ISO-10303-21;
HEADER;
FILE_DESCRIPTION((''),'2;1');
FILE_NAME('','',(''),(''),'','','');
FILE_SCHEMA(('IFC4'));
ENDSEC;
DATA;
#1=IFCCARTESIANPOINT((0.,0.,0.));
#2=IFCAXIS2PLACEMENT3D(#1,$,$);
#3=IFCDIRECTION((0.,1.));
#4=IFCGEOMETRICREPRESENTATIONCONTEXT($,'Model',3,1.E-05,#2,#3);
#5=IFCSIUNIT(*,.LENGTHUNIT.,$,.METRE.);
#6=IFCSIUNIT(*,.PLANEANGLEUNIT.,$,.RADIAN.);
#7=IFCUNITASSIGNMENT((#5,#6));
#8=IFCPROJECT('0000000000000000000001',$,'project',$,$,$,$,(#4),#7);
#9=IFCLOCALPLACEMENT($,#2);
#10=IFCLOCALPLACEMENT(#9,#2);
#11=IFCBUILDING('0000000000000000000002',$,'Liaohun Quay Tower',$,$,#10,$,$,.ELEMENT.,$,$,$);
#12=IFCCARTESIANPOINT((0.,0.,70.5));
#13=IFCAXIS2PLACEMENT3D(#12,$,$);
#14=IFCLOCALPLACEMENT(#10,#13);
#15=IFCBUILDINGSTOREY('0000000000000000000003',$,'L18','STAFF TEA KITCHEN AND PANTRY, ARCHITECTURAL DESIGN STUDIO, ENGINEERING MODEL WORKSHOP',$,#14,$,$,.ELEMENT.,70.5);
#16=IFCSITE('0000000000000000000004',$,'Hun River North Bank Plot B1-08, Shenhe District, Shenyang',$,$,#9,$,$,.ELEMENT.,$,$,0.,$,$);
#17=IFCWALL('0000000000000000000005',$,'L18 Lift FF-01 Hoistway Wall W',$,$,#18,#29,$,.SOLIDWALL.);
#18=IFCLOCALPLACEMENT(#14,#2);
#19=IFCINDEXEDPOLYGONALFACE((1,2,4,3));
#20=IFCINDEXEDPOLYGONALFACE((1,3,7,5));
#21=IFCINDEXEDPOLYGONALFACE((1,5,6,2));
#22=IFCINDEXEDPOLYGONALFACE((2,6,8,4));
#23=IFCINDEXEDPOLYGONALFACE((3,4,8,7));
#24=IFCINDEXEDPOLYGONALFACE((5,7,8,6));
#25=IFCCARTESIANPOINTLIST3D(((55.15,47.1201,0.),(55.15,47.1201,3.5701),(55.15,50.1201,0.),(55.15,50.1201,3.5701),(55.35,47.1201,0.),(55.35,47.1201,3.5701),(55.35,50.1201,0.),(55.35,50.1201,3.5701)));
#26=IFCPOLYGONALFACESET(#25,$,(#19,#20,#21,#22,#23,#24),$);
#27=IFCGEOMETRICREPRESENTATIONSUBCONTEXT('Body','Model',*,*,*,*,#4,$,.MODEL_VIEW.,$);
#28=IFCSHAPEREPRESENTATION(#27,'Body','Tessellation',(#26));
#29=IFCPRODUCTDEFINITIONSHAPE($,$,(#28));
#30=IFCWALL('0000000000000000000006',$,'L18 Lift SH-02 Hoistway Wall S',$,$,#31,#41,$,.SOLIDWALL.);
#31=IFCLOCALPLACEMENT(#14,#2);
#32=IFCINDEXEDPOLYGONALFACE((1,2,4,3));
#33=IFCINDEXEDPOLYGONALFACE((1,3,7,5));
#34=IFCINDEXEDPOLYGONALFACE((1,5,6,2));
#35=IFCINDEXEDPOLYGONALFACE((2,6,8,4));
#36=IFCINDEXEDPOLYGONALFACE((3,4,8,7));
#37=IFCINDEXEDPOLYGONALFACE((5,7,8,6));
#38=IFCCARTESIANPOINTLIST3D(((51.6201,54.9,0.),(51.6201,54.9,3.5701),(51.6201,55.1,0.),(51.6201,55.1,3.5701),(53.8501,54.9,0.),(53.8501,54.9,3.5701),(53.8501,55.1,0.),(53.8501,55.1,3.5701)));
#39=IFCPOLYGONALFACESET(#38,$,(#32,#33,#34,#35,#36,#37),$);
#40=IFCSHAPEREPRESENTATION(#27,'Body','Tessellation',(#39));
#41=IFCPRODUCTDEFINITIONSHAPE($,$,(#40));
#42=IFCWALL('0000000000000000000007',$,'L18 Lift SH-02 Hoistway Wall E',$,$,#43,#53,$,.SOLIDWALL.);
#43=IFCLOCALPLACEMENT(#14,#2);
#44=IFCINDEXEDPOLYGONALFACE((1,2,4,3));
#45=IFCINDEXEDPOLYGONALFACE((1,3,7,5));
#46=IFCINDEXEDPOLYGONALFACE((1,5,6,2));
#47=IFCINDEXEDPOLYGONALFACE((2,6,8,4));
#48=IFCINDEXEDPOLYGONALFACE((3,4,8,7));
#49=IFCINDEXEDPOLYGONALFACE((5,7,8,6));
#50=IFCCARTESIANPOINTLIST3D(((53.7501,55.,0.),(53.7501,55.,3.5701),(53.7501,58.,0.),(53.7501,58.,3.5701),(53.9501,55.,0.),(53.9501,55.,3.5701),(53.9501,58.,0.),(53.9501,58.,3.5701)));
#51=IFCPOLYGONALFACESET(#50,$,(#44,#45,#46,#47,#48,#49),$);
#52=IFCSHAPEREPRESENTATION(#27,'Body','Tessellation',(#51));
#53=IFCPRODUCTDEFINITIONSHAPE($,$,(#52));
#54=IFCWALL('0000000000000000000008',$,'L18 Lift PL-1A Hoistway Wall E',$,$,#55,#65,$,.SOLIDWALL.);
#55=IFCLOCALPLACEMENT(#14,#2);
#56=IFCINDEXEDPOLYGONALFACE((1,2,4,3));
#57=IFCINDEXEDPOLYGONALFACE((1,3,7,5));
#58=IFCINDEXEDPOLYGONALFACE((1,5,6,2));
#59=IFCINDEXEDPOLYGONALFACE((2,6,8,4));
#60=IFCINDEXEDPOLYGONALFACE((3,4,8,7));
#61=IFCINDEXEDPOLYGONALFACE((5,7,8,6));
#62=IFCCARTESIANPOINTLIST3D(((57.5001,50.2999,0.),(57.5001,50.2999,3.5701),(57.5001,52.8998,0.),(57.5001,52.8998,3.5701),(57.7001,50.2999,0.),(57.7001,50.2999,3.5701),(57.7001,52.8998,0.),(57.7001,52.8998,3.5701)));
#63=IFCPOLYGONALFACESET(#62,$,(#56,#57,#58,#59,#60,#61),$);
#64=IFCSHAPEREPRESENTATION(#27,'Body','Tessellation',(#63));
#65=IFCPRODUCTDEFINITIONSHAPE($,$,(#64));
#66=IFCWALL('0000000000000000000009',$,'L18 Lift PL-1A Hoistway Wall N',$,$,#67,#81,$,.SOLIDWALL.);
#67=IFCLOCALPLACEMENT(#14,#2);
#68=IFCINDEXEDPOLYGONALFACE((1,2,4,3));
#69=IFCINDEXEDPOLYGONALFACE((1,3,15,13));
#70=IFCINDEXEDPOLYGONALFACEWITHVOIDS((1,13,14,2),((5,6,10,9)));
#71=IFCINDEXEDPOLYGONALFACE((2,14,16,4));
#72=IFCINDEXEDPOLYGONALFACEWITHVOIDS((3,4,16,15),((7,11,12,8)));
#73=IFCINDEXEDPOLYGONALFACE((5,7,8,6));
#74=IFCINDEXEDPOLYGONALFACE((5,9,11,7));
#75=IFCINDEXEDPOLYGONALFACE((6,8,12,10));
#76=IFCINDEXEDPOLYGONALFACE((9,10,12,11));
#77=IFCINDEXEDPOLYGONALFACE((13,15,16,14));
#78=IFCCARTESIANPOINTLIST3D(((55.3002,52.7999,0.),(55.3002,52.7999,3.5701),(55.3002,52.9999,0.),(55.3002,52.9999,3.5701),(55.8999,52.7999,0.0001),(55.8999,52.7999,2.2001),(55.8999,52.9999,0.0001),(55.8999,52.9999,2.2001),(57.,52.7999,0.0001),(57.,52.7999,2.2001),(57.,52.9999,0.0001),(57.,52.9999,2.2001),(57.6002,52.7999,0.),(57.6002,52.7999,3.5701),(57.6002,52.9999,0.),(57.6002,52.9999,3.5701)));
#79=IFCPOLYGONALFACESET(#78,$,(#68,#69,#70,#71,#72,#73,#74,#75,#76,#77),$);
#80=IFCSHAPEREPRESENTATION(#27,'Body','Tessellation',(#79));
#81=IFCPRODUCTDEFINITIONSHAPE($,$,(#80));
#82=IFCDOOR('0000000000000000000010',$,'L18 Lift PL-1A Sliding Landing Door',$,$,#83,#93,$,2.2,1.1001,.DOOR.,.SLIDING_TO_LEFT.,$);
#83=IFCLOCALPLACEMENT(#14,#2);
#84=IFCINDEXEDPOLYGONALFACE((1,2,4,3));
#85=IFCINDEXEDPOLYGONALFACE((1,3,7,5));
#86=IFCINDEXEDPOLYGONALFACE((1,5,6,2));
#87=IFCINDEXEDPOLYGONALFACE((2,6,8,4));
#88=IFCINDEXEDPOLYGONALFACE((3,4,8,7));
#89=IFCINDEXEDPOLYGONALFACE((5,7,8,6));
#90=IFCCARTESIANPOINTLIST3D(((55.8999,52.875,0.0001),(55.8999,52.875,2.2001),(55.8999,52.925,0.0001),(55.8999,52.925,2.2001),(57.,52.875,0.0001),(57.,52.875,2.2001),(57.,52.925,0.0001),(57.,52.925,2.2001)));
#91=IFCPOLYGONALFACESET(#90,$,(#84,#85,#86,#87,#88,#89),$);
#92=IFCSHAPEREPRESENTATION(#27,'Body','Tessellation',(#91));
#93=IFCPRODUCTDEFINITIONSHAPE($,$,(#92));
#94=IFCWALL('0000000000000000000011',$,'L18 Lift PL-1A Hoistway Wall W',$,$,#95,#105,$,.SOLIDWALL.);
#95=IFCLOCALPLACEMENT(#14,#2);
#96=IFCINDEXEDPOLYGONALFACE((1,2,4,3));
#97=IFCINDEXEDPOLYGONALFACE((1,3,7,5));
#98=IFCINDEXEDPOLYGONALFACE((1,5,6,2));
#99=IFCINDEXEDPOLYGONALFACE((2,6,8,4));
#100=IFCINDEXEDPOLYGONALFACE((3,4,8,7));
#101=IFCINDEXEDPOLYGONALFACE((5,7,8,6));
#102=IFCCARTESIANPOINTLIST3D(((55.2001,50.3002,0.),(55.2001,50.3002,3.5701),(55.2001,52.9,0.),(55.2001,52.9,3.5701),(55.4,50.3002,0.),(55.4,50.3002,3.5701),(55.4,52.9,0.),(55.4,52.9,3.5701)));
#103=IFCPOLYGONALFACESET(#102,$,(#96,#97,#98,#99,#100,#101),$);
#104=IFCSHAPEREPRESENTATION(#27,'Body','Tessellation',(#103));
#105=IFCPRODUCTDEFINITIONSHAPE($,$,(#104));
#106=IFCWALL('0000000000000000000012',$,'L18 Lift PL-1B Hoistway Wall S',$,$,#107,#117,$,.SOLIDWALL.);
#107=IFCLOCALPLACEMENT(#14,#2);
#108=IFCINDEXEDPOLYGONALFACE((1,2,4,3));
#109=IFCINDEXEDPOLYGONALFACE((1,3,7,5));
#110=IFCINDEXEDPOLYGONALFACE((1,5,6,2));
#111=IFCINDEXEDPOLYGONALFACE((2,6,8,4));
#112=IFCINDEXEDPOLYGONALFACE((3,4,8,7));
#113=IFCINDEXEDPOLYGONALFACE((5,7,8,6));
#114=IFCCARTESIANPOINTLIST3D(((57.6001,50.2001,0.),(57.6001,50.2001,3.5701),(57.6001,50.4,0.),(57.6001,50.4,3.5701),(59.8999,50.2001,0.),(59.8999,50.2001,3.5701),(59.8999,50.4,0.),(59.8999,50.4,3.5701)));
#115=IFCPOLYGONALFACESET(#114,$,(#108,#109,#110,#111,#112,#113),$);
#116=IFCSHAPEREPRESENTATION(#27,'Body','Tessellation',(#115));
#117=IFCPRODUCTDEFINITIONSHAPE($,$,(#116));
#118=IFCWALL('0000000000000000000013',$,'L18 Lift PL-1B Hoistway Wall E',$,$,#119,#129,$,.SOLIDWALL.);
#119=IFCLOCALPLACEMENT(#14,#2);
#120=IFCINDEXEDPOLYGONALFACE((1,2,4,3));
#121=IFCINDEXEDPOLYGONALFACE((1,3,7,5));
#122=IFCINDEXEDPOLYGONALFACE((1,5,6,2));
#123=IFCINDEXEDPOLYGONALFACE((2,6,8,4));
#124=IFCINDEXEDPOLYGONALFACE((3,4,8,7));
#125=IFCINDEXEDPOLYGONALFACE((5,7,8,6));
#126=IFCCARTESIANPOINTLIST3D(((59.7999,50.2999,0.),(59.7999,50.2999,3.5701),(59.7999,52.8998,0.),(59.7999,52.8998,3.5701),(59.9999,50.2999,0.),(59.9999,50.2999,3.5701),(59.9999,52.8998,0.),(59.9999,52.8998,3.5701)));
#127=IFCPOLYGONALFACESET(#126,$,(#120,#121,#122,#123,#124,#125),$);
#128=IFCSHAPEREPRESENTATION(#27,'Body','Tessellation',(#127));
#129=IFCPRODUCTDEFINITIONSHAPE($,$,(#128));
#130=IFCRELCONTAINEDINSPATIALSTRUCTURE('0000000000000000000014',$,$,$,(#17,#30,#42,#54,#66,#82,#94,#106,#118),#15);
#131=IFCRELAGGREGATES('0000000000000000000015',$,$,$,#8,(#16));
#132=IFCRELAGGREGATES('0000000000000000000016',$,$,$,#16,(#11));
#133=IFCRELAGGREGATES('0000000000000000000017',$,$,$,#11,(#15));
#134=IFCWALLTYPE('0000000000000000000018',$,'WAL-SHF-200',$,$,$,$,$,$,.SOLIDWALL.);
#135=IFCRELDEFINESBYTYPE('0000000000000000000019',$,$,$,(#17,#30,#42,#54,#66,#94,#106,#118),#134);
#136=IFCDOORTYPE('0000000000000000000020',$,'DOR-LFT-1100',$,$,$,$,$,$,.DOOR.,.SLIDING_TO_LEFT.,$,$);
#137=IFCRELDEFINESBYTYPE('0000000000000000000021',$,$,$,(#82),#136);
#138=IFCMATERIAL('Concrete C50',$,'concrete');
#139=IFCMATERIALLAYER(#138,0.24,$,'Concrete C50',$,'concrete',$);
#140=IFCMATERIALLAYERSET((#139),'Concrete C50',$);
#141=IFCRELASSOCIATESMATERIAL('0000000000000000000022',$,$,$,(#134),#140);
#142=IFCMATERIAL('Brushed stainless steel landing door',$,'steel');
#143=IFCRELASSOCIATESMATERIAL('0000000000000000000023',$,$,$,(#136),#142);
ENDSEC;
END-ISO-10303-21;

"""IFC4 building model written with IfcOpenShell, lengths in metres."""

from ifc_helpers import new_model, si_unit, direction, frame, frame_2d, origin, place, context, subcontext, project, spatial, rectangle, extrude, source, transform, mapped, material, layer, layer_set, type_object, element, fill, save


model = new_model("IFC4")

# Units and contexts
model_context = context("Model", 3, precision=1e-05, world=origin(), true_north=direction((0.0, 1.0)))
body_context = subcontext(model_context, "Body", "Model", "MODEL_VIEW")
ifc_project = project(units=[si_unit("LENGTHUNIT", "METRE"), si_unit("PLANEANGLEUNIT", "RADIAN")], contexts=[model_context])

# Site, building, storey
site_placement = place(None, origin())
site = spatial("IfcSite", under=ifc_project, at=site_placement, Name="Hun River North Bank Plot B1-08, Shenhe District, Shenyang", CompositionType="ELEMENT", RefElevation=0.0)
building_placement = place(site_placement, origin())
building = spatial("IfcBuilding", under=site, at=building_placement, Name="Liaohun Quay Tower", CompositionType="ELEMENT")
storey_placement = place(building_placement, frame((0.0, 0.0, 70.5)))
storey = spatial("IfcBuildingStorey", under=building, at=storey_placement, Name="L18", Description="STAFF TEA KITCHEN AND PANTRY, ARCHITECTURAL DESIGN STUDIO, ENGINEERING MODEL WORKSHOP", CompositionType="ELEMENT", Elevation=70.5)

# Shared definitions
ifc_material_1 = material(Name="Concrete C50", Category="concrete")
ifc_layer_1 = layer(ifc_material_1, 0.24, Name="Concrete C50", Category="concrete")
ifc_layer_set_1 = layer_set([ifc_layer_1], Name="Concrete C50")
wall_type_1 = type_object("IfcWallType", Name="WAL-SHF-200", PredefinedType="SOLIDWALL", material=ifc_layer_set_1)

# Walls
wall_1_placement = place(storey_placement, frame((55.25, 50.1201, 0.0), z_axis=(0.0, 0.0, 1.0), x_axis=(0.0, -1.0, 0.0)))
element("IfcWall", 1, at=wall_1_placement, inside=storey, type_object=wall_type_1, Name="L18 Lift FF-01 Hoistway Wall W", PredefinedType="SOLIDWALL", context=body_context, shape_type="SweptSolid", body=[
    extrude(rectangle(XDim=3.0, YDim=0.2, at=frame_2d((1.5, 0.0))), origin(), (0.0, 0.0, 1.0), 3.5701),
])
wall_2_placement = place(storey_placement, frame((51.6201, 55.0, 0.0), z_axis=(0.0, 0.0, 1.0), x_axis=(1.0, 0.0, 0.0)))
element("IfcWall", 2, at=wall_2_placement, inside=storey, type_object=wall_type_1, Name="L18 Lift SH-02 Hoistway Wall S", PredefinedType="SOLIDWALL", context=body_context, shape_type="SweptSolid", body=[
    extrude(rectangle(XDim=2.23, YDim=0.2, at=frame_2d((1.115, 0.0))), origin(), (0.0, 0.0, 1.0), 3.5701),
])
wall_3_placement = place(storey_placement, frame((53.8501, 55.0, 0.0), z_axis=(0.0, 0.0, 1.0), x_axis=(0.0, 1.0, 0.0)))
element("IfcWall", 3, at=wall_3_placement, inside=storey, type_object=wall_type_1, Name="L18 Lift SH-02 Hoistway Wall E", PredefinedType="SOLIDWALL", context=body_context, shape_type="SweptSolid", body=[
    extrude(rectangle(XDim=3.0, YDim=0.2, at=frame_2d((1.5, 0.0))), origin(), (0.0, 0.0, 1.0), 3.5701),
])
wall_4_placement = place(storey_placement, frame((57.6001, 50.3, 0.0), z_axis=(0.0, 0.0, 1.0), x_axis=(0.0, 1.0, 0.0)))
element("IfcWall", 4, at=wall_4_placement, inside=storey, type_object=wall_type_1, Name="L18 Lift PL-1A Hoistway Wall E", PredefinedType="SOLIDWALL", context=body_context, shape_type="SweptSolid", body=[
    extrude(rectangle(XDim=2.5999, YDim=0.2, at=frame_2d((1.2998, 0.0))), origin(), (0.0, 0.0, 1.0), 3.5701),
])

# Wall, opening, door
wall_5_placement = place(storey_placement, frame((57.6001, 52.8999, 0.0), z_axis=(0.0, 0.0, 1.0), x_axis=(-1.0, 0.0, 0.0)))
wall_5 = element("IfcWall", 5, at=wall_5_placement, inside=storey, type_object=wall_type_1, Name="L18 Lift PL-1A Hoistway Wall N", PredefinedType="SOLIDWALL", context=body_context, shape_type="SweptSolid", body=[
    extrude(rectangle(XDim=2.3, YDim=0.2, at=frame_2d((1.1499, 0.0))), origin(), (0.0, 0.0, 1.0), 3.5701),
])
shared_shape_1 = source(origin(), body_context, "Body", "SweptSolid", [
    extrude(rectangle(XDim=1.1001, YDim=2.2, at=frame_2d((0.55, 1.1001))), frame((0.0, 0.1099, 0.0), z_axis=(0.0, -1.0, 0.0), x_axis=(1.0, 0.0, 0.0)), (0.0, 0.0, 1.0), 0.22),
])
opening_1_placement = place(wall_5_placement, frame((0.6001, 0.0, 0.0)))
opening_1 = element("IfcOpeningElement", 6, at=opening_1_placement, cuts=wall_5, PredefinedType="OPENING", context=body_context, shape_type="MappedRepresentation", body=[
    mapped(shared_shape_1, transform((0.0, 0.0, 0.0), x_axis=(1.0, 0.0, 0.0), y_axis=(0.0, 1.0, 0.0), z_axis=(0.0, 0.0, 1.0), scale=1.0)),
])
ifc_material_2 = material(Name="Brushed stainless steel landing door", Category="steel")
door_type_1 = type_object("IfcDoorType", Name="DOR-LFT-1100", OperationType="SLIDING_TO_LEFT", PredefinedType="DOOR", material=ifc_material_2)
shared_shape_2 = source(origin(), body_context, "Body", "SweptSolid", [
    extrude(rectangle(XDim=1.1001, YDim=2.2, at=frame_2d((0.55, 1.1001))), frame((0.0, 0.0249, 0.0), z_axis=(0.0, -1.0, 0.0), x_axis=(1.0, 0.0, 0.0)), (0.0, 0.0, 1.0), 0.05),
])
door_1_placement = place(opening_1_placement, origin())
door_1 = element("IfcDoor", 7, at=door_1_placement, inside=storey, type_object=door_type_1, Name="L18 Lift PL-1A Sliding Landing Door", OperationType="SLIDING_TO_LEFT", OverallHeight=2.2, OverallWidth=1.1001, PredefinedType="DOOR", context=body_context, shape_type="MappedRepresentation", body=[
    mapped(shared_shape_2, transform((0.0, 0.0, 0.0), x_axis=(1.0, 0.0, 0.0), y_axis=(0.0, 1.0, 0.0), z_axis=(0.0, 0.0, 1.0), scale=1.0)),
])
fill(opening_1, door_1)

# Walls
wall_6_placement = place(storey_placement, frame((55.3, 52.8999, 0.0), z_axis=(0.0, 0.0, 1.0), x_axis=(0.0, -1.0, 0.0)))
element("IfcWall", 8, at=wall_6_placement, inside=storey, type_object=wall_type_1, Name="L18 Lift PL-1A Hoistway Wall W", PredefinedType="SOLIDWALL", context=body_context, shape_type="SweptSolid", body=[
    extrude(rectangle(XDim=2.5999, YDim=0.2, at=frame_2d((1.2998, 0.0))), origin(), (0.0, 0.0, 1.0), 3.5701),
])
wall_7_placement = place(storey_placement, frame((57.6001, 50.3, 0.0), z_axis=(0.0, 0.0, 1.0), x_axis=(1.0, 0.0, 0.0)))
element("IfcWall", 9, at=wall_7_placement, inside=storey, type_object=wall_type_1, Name="L18 Lift PL-1B Hoistway Wall S", PredefinedType="SOLIDWALL", context=body_context, shape_type="SweptSolid", body=[
    extrude(rectangle(XDim=2.2998, YDim=0.2, at=frame_2d((1.1499, 0.0))), origin(), (0.0, 0.0, 1.0), 3.5701),
])
wall_8_placement = place(storey_placement, frame((59.8999, 50.3, 0.0), z_axis=(0.0, 0.0, 1.0), x_axis=(0.0, 1.0, 0.0)))
element("IfcWall", 10, at=wall_8_placement, inside=storey, type_object=wall_type_1, Name="L18 Lift PL-1B Hoistway Wall E", PredefinedType="SOLIDWALL", context=body_context, shape_type="SweptSolid", body=[
    extrude(rectangle(XDim=2.5999, YDim=0.2, at=frame_2d((1.2998, 0.0))), origin(), (0.0, 0.0, 1.0), 3.5701),
])

save(model, "model.ifc")
